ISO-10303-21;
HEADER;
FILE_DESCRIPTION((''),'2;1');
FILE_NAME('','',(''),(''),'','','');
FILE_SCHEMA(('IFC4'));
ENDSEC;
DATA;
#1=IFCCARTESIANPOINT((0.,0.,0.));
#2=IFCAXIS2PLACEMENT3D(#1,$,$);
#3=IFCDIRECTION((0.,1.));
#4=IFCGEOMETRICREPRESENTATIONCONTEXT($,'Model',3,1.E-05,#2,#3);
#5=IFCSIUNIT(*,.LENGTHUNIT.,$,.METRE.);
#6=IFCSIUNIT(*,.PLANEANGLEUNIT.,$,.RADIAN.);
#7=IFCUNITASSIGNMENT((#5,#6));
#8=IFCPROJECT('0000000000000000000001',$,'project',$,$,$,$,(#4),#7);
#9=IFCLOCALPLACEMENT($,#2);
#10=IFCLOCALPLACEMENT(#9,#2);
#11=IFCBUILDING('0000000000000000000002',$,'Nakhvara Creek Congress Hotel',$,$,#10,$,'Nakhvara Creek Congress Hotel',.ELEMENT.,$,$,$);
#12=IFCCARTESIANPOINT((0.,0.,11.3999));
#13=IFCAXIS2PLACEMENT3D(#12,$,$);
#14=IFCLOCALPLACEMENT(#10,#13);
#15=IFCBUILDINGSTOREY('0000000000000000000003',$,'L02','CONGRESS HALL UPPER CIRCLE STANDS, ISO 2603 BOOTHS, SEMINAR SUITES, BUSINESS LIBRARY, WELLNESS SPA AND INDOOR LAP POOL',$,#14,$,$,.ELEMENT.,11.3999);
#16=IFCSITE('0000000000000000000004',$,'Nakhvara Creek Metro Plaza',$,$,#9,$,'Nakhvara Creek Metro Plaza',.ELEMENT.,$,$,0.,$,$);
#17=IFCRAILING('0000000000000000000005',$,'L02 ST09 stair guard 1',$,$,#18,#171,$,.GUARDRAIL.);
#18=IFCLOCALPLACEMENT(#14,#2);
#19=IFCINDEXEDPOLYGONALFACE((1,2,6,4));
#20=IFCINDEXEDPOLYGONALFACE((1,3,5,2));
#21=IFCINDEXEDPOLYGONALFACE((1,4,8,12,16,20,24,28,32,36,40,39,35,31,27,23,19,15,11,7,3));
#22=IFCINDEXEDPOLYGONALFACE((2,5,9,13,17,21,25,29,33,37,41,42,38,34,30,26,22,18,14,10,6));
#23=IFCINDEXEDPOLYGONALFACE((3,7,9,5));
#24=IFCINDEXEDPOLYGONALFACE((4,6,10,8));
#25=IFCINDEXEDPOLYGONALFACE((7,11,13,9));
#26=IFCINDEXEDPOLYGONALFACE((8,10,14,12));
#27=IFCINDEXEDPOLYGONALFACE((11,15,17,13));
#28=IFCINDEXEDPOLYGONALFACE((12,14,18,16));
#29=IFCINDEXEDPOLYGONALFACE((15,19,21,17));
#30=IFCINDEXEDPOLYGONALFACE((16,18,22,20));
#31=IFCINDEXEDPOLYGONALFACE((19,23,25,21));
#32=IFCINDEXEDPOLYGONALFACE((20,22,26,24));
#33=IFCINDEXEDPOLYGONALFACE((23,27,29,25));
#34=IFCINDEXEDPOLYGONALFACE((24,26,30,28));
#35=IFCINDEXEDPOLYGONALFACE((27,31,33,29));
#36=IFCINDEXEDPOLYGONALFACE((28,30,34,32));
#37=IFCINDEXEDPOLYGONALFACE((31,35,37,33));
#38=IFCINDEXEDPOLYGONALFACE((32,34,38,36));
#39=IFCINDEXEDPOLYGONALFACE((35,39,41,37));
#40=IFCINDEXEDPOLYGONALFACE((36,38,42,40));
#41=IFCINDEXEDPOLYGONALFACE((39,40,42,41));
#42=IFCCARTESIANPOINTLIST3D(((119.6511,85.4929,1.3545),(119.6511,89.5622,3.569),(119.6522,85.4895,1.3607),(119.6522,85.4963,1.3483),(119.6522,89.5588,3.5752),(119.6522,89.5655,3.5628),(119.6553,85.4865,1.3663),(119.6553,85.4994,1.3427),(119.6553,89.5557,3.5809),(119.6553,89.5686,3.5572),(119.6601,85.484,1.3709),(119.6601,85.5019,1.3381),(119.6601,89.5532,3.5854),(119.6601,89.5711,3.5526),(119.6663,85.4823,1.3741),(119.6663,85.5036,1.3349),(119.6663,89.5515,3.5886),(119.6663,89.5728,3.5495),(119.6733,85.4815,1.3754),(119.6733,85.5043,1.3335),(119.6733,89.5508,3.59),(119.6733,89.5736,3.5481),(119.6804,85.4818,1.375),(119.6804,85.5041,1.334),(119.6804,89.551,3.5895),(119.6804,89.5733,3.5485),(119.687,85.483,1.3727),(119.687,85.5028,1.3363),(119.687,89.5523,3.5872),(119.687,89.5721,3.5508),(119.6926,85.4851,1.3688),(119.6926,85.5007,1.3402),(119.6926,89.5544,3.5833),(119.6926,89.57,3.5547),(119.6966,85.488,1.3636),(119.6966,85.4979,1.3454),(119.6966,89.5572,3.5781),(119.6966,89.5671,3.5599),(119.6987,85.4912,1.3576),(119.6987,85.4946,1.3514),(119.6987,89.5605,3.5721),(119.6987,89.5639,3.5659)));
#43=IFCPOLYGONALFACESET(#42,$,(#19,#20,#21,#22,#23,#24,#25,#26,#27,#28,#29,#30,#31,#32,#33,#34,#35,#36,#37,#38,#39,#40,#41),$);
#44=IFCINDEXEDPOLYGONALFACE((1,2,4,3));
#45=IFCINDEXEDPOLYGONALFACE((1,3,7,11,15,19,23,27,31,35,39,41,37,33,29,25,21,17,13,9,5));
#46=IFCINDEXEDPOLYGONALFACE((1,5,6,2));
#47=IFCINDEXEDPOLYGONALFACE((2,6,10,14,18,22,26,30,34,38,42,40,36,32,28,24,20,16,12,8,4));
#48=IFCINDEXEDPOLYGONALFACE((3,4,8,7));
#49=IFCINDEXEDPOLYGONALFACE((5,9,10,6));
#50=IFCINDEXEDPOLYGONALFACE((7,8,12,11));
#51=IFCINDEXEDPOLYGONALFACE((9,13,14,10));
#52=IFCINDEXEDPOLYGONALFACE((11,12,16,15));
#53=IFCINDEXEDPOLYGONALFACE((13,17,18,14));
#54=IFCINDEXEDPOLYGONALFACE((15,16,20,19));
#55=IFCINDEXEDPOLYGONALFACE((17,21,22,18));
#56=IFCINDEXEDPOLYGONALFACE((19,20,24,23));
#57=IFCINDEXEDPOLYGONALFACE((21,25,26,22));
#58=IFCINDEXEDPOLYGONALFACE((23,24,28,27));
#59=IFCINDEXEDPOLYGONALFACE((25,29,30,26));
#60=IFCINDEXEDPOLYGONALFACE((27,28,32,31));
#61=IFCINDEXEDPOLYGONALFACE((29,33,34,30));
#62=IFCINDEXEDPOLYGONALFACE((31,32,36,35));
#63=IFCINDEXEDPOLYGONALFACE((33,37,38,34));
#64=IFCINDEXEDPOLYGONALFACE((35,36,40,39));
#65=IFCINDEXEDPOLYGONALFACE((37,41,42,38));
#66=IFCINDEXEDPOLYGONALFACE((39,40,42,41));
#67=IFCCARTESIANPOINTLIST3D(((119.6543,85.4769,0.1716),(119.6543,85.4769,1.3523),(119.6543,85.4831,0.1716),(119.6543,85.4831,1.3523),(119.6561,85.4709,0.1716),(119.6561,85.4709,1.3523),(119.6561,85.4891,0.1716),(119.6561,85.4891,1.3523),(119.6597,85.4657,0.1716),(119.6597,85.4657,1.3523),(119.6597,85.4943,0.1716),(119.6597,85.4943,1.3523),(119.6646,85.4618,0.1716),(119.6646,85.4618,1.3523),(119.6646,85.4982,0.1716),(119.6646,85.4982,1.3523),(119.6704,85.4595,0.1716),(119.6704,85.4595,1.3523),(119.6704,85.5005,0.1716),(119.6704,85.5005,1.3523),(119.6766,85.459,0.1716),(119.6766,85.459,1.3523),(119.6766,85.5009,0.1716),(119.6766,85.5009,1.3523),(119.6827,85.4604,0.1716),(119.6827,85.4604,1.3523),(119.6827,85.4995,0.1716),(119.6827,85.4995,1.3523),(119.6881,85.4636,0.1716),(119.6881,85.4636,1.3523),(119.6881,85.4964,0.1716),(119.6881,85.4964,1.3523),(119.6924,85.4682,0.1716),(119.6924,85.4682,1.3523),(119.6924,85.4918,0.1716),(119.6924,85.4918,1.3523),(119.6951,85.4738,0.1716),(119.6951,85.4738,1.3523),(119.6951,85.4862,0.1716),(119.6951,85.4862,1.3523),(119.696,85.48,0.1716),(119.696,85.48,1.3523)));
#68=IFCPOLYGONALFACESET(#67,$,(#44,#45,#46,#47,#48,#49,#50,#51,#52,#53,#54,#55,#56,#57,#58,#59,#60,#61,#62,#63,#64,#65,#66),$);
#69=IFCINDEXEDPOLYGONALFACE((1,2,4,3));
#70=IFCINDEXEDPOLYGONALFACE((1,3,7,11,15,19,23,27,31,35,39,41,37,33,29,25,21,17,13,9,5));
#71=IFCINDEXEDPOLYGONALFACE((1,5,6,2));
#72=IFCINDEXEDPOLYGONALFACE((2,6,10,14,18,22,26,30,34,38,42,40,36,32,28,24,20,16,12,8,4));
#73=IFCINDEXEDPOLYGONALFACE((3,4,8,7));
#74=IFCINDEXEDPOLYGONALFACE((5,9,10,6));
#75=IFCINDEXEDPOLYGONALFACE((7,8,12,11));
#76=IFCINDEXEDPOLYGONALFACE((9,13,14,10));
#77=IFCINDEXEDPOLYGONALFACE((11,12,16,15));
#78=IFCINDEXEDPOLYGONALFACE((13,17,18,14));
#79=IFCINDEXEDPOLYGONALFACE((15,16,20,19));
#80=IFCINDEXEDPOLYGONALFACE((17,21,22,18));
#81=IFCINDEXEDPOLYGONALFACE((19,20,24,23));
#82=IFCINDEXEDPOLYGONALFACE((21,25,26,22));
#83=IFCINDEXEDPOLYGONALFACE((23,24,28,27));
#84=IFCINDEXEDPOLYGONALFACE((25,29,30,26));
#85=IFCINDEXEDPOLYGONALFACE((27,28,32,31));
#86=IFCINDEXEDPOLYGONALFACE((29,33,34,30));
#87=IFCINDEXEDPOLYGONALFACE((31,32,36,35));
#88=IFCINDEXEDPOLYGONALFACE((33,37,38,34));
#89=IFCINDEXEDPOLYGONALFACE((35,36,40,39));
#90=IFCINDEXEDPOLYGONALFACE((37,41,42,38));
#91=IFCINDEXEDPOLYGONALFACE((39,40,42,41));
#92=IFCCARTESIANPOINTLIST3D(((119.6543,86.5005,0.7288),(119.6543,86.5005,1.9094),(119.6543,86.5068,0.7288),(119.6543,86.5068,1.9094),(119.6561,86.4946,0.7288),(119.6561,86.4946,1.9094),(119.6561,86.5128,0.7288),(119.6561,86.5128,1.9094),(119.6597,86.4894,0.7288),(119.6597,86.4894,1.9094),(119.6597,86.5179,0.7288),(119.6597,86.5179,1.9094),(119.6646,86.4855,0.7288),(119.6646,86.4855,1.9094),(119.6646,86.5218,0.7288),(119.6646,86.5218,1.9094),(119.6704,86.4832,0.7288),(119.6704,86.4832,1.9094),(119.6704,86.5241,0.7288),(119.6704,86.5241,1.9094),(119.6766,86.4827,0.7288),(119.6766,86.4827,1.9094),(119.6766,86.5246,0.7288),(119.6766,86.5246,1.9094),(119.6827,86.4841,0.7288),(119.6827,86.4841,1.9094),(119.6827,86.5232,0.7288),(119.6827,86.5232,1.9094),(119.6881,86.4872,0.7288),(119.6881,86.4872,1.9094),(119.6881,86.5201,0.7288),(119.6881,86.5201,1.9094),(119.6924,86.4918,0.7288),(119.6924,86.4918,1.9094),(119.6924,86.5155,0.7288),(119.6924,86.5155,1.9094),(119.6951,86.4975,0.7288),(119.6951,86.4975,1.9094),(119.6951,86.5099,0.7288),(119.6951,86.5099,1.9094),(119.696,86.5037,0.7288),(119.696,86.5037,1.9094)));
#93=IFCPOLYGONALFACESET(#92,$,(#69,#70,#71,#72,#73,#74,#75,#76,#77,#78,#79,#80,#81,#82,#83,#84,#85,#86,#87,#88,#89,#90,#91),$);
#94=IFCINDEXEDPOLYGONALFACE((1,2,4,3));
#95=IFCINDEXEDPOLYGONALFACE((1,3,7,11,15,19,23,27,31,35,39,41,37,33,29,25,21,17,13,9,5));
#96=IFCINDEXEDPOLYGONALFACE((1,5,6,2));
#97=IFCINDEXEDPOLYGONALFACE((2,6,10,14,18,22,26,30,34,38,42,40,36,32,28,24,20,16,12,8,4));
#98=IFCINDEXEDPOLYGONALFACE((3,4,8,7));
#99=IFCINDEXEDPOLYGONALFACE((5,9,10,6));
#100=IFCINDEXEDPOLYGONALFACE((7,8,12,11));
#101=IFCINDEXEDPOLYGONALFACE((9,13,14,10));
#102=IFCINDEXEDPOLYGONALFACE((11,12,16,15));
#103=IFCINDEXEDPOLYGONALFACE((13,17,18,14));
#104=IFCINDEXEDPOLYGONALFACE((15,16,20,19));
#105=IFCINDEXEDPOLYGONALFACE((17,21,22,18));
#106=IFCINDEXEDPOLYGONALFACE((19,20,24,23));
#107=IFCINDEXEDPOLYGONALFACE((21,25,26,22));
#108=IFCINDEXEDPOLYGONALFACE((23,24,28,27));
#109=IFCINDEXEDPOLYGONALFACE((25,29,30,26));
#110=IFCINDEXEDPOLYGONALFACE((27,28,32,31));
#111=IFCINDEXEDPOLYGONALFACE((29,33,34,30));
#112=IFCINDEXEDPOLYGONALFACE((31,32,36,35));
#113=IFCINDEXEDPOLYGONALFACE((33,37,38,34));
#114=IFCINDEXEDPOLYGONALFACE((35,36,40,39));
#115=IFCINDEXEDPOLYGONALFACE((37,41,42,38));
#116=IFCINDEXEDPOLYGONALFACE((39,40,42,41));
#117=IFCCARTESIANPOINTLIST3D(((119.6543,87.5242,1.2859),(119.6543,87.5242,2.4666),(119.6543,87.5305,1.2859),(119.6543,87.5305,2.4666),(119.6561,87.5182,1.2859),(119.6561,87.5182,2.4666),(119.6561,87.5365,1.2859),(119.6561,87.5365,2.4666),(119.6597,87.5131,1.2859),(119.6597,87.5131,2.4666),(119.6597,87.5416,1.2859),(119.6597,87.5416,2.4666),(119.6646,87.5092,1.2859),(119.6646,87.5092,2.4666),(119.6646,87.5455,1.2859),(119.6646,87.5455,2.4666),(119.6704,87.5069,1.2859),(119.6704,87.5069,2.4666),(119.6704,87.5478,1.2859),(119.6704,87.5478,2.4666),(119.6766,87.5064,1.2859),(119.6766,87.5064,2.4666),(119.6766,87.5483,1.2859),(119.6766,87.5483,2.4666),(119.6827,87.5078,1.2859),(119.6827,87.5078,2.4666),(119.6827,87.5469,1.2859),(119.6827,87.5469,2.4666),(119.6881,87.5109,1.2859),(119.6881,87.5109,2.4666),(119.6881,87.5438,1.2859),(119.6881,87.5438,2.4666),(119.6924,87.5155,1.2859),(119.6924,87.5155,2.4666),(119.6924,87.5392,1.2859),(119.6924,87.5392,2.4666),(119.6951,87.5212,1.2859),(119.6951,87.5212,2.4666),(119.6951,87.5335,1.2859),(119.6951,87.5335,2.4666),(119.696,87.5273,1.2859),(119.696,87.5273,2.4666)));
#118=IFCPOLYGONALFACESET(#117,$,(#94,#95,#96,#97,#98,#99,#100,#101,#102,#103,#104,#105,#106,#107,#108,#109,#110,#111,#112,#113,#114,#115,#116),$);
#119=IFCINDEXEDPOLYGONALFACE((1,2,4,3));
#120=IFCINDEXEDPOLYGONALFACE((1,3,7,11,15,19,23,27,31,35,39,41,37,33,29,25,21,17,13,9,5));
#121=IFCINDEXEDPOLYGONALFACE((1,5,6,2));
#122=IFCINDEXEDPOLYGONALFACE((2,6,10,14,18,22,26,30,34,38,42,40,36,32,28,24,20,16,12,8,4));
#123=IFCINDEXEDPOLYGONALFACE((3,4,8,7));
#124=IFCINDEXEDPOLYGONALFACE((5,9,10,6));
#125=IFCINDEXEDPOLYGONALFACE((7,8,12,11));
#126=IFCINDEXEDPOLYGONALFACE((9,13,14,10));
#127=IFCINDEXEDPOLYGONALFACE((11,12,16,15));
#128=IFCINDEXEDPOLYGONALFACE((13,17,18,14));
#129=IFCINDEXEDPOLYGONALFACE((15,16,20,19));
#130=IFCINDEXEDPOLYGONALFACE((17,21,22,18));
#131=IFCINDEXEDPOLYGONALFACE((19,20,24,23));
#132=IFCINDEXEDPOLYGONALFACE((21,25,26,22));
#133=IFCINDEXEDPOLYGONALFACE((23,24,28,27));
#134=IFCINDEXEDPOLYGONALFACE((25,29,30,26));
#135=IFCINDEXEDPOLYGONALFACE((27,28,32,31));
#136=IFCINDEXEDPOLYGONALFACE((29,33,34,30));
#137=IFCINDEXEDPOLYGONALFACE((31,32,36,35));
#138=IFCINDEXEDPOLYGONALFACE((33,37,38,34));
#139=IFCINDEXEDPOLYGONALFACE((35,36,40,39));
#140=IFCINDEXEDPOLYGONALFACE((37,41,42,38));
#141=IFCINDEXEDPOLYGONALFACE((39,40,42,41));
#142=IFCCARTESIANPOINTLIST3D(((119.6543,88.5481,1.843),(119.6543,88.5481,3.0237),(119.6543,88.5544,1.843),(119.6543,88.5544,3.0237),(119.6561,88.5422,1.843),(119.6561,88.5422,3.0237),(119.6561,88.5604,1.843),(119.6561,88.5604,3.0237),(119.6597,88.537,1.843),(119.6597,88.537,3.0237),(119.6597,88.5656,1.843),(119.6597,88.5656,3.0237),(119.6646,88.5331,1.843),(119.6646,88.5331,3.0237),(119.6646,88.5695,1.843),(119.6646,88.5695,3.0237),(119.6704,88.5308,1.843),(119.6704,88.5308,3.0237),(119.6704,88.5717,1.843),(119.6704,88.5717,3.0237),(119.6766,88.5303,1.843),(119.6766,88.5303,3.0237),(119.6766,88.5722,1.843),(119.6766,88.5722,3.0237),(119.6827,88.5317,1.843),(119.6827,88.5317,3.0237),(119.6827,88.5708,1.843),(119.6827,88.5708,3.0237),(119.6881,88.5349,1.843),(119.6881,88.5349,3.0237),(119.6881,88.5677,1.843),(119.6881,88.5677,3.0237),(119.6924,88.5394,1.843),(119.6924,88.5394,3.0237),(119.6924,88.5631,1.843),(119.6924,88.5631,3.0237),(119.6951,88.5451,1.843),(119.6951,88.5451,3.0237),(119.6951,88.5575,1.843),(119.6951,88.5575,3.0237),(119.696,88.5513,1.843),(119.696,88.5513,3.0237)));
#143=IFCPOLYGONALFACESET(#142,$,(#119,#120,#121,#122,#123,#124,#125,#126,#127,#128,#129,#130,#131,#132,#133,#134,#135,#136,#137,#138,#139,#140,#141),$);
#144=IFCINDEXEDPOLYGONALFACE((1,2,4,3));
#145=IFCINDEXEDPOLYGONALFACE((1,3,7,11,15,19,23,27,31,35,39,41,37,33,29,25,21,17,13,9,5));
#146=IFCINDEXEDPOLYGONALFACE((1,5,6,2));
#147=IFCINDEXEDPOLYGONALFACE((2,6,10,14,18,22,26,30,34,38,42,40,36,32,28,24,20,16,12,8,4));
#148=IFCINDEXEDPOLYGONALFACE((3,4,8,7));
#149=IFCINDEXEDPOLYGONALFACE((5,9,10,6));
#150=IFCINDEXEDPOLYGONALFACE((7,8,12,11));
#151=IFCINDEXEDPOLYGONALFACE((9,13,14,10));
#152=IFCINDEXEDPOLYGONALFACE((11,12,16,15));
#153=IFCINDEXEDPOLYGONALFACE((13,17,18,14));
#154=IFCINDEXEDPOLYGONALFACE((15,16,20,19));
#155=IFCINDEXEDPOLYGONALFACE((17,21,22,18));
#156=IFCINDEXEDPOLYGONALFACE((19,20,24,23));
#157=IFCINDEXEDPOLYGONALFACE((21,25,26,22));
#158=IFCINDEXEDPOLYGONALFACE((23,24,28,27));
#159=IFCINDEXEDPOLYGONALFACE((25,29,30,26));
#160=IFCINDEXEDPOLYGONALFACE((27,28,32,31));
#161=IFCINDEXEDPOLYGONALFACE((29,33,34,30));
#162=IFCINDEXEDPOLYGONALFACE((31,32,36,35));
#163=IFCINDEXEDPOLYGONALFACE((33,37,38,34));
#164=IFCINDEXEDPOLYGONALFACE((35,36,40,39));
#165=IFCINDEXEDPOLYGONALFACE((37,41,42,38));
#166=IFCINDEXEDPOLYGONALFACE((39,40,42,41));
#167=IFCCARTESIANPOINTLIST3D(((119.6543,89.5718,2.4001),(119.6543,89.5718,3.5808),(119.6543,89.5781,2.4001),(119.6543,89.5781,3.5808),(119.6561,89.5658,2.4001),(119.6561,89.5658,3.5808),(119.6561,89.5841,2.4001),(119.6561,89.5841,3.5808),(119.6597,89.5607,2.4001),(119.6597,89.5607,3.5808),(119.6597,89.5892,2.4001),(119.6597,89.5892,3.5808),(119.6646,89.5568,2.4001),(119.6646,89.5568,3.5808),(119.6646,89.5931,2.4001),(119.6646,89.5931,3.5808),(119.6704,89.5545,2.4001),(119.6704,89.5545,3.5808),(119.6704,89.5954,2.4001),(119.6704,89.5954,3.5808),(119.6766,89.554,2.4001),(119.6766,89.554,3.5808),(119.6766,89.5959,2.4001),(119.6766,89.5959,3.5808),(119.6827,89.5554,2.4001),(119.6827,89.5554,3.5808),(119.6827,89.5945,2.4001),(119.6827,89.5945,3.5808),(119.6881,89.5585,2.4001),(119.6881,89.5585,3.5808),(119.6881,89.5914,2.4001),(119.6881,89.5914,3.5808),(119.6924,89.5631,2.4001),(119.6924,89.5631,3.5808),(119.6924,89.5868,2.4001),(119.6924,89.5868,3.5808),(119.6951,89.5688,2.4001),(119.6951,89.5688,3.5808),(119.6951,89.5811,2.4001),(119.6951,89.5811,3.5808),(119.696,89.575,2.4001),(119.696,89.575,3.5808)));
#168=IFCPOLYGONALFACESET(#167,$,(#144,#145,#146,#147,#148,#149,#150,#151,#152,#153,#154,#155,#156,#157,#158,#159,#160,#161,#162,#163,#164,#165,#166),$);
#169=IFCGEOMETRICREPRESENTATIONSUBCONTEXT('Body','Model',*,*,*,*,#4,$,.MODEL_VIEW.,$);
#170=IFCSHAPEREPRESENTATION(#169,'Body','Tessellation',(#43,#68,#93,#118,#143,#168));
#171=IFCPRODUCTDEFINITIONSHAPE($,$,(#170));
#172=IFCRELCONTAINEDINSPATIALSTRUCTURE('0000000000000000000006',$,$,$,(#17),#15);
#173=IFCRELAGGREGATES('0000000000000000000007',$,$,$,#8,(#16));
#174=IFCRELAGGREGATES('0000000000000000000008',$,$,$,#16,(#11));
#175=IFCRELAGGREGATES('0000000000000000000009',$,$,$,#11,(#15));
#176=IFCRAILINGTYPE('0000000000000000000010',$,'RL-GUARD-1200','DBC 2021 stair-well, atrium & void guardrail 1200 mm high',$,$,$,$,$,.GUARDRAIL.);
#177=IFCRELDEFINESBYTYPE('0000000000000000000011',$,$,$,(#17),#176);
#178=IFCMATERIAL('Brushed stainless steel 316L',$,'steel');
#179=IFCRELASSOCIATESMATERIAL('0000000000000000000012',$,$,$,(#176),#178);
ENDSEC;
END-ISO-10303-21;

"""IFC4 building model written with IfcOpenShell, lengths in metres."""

from ifc_helpers import new_model, si_unit, direction, frame, origin, origin_2d, place, context, subcontext, project, spatial, circle, extrude, material, type_object, element, save


model = new_model("IFC4")

# Units and contexts
model_context = context("Model", 3, precision=1e-05, world=origin(), true_north=direction((0.0, 1.0)))
body_context = subcontext(model_context, "Body", "Model", "MODEL_VIEW")
ifc_project = project(units=[si_unit("LENGTHUNIT", "METRE"), si_unit("PLANEANGLEUNIT", "RADIAN")], contexts=[model_context])

# Site, building, storey
site_placement = place(None, origin())
site = spatial("IfcSite", under=ifc_project, at=site_placement, Name="Nakhvara Creek Metro Plaza", LongName="Nakhvara Creek Metro Plaza", CompositionType="ELEMENT", RefElevation=0.0)
building_placement = place(site_placement, origin())
building = spatial("IfcBuilding", under=site, at=building_placement, Name="Nakhvara Creek Congress Hotel", LongName="Nakhvara Creek Congress Hotel", CompositionType="ELEMENT")
storey_placement = place(building_placement, frame((0.0, 0.0, 11.3999)))
storey = spatial("IfcBuildingStorey", under=building, at=storey_placement, Name="L02", Description="CONGRESS HALL UPPER CIRCLE STANDS, ISO 2603 BOOTHS, SEMINAR SUITES, BUSINESS LIBRARY, WELLNESS SPA AND INDOOR LAP POOL", CompositionType="ELEMENT", Elevation=11.3999)

# Railing
ifc_material_1 = material(Name="Brushed stainless steel 316L", Category="steel")
railing_type_1 = type_object("IfcRailingType", Name="RL-GUARD-1200", Description="DBC 2021 stair-well, atrium & void guardrail 1200 mm high", PredefinedType="GUARDRAIL", material=ifc_material_1)
railing_1_placement = place(storey_placement, frame((119.675, 85.48, 0.1716)))
element("IfcRailing", 1, at=railing_1_placement, inside=storey, type_object=railing_type_1, Name="L02 ST09 stair guard 1", PredefinedType="GUARDRAIL", context=body_context, shape_type="SweptSolid", body=[
    extrude(circle(Radius=0.0239, at=origin_2d()), frame((0.0, 0.0129, 1.1829), z_axis=(0.0, 0.878355, 0.478008), x_axis=(-1.0, 0.0, 0.0)), (0.0, 0.0, 1.0), 4.6328),
    extrude(circle(Radius=0.021, at=origin_2d()), origin(), (0.0, 0.0, 1.0), 1.1807),
    extrude(circle(Radius=0.021, at=origin_2d()), frame((0.0, 1.0237, 0.5571)), (0.0, 0.0, 1.0), 1.1807),
    extrude(circle(Radius=0.021, at=origin_2d()), frame((0.0, 2.0474, 1.1143)), (0.0, 0.0, 1.0), 1.1807),
    extrude(circle(Radius=0.021, at=origin_2d()), frame((0.0, 3.0713, 1.6714)), (0.0, 0.0, 1.0), 1.1807),
    extrude(circle(Radius=0.021, at=origin_2d()), frame((0.0, 4.095, 2.2285)), (0.0, 0.0, 1.0), 1.1807),
])

save(model, "model.ifc")
